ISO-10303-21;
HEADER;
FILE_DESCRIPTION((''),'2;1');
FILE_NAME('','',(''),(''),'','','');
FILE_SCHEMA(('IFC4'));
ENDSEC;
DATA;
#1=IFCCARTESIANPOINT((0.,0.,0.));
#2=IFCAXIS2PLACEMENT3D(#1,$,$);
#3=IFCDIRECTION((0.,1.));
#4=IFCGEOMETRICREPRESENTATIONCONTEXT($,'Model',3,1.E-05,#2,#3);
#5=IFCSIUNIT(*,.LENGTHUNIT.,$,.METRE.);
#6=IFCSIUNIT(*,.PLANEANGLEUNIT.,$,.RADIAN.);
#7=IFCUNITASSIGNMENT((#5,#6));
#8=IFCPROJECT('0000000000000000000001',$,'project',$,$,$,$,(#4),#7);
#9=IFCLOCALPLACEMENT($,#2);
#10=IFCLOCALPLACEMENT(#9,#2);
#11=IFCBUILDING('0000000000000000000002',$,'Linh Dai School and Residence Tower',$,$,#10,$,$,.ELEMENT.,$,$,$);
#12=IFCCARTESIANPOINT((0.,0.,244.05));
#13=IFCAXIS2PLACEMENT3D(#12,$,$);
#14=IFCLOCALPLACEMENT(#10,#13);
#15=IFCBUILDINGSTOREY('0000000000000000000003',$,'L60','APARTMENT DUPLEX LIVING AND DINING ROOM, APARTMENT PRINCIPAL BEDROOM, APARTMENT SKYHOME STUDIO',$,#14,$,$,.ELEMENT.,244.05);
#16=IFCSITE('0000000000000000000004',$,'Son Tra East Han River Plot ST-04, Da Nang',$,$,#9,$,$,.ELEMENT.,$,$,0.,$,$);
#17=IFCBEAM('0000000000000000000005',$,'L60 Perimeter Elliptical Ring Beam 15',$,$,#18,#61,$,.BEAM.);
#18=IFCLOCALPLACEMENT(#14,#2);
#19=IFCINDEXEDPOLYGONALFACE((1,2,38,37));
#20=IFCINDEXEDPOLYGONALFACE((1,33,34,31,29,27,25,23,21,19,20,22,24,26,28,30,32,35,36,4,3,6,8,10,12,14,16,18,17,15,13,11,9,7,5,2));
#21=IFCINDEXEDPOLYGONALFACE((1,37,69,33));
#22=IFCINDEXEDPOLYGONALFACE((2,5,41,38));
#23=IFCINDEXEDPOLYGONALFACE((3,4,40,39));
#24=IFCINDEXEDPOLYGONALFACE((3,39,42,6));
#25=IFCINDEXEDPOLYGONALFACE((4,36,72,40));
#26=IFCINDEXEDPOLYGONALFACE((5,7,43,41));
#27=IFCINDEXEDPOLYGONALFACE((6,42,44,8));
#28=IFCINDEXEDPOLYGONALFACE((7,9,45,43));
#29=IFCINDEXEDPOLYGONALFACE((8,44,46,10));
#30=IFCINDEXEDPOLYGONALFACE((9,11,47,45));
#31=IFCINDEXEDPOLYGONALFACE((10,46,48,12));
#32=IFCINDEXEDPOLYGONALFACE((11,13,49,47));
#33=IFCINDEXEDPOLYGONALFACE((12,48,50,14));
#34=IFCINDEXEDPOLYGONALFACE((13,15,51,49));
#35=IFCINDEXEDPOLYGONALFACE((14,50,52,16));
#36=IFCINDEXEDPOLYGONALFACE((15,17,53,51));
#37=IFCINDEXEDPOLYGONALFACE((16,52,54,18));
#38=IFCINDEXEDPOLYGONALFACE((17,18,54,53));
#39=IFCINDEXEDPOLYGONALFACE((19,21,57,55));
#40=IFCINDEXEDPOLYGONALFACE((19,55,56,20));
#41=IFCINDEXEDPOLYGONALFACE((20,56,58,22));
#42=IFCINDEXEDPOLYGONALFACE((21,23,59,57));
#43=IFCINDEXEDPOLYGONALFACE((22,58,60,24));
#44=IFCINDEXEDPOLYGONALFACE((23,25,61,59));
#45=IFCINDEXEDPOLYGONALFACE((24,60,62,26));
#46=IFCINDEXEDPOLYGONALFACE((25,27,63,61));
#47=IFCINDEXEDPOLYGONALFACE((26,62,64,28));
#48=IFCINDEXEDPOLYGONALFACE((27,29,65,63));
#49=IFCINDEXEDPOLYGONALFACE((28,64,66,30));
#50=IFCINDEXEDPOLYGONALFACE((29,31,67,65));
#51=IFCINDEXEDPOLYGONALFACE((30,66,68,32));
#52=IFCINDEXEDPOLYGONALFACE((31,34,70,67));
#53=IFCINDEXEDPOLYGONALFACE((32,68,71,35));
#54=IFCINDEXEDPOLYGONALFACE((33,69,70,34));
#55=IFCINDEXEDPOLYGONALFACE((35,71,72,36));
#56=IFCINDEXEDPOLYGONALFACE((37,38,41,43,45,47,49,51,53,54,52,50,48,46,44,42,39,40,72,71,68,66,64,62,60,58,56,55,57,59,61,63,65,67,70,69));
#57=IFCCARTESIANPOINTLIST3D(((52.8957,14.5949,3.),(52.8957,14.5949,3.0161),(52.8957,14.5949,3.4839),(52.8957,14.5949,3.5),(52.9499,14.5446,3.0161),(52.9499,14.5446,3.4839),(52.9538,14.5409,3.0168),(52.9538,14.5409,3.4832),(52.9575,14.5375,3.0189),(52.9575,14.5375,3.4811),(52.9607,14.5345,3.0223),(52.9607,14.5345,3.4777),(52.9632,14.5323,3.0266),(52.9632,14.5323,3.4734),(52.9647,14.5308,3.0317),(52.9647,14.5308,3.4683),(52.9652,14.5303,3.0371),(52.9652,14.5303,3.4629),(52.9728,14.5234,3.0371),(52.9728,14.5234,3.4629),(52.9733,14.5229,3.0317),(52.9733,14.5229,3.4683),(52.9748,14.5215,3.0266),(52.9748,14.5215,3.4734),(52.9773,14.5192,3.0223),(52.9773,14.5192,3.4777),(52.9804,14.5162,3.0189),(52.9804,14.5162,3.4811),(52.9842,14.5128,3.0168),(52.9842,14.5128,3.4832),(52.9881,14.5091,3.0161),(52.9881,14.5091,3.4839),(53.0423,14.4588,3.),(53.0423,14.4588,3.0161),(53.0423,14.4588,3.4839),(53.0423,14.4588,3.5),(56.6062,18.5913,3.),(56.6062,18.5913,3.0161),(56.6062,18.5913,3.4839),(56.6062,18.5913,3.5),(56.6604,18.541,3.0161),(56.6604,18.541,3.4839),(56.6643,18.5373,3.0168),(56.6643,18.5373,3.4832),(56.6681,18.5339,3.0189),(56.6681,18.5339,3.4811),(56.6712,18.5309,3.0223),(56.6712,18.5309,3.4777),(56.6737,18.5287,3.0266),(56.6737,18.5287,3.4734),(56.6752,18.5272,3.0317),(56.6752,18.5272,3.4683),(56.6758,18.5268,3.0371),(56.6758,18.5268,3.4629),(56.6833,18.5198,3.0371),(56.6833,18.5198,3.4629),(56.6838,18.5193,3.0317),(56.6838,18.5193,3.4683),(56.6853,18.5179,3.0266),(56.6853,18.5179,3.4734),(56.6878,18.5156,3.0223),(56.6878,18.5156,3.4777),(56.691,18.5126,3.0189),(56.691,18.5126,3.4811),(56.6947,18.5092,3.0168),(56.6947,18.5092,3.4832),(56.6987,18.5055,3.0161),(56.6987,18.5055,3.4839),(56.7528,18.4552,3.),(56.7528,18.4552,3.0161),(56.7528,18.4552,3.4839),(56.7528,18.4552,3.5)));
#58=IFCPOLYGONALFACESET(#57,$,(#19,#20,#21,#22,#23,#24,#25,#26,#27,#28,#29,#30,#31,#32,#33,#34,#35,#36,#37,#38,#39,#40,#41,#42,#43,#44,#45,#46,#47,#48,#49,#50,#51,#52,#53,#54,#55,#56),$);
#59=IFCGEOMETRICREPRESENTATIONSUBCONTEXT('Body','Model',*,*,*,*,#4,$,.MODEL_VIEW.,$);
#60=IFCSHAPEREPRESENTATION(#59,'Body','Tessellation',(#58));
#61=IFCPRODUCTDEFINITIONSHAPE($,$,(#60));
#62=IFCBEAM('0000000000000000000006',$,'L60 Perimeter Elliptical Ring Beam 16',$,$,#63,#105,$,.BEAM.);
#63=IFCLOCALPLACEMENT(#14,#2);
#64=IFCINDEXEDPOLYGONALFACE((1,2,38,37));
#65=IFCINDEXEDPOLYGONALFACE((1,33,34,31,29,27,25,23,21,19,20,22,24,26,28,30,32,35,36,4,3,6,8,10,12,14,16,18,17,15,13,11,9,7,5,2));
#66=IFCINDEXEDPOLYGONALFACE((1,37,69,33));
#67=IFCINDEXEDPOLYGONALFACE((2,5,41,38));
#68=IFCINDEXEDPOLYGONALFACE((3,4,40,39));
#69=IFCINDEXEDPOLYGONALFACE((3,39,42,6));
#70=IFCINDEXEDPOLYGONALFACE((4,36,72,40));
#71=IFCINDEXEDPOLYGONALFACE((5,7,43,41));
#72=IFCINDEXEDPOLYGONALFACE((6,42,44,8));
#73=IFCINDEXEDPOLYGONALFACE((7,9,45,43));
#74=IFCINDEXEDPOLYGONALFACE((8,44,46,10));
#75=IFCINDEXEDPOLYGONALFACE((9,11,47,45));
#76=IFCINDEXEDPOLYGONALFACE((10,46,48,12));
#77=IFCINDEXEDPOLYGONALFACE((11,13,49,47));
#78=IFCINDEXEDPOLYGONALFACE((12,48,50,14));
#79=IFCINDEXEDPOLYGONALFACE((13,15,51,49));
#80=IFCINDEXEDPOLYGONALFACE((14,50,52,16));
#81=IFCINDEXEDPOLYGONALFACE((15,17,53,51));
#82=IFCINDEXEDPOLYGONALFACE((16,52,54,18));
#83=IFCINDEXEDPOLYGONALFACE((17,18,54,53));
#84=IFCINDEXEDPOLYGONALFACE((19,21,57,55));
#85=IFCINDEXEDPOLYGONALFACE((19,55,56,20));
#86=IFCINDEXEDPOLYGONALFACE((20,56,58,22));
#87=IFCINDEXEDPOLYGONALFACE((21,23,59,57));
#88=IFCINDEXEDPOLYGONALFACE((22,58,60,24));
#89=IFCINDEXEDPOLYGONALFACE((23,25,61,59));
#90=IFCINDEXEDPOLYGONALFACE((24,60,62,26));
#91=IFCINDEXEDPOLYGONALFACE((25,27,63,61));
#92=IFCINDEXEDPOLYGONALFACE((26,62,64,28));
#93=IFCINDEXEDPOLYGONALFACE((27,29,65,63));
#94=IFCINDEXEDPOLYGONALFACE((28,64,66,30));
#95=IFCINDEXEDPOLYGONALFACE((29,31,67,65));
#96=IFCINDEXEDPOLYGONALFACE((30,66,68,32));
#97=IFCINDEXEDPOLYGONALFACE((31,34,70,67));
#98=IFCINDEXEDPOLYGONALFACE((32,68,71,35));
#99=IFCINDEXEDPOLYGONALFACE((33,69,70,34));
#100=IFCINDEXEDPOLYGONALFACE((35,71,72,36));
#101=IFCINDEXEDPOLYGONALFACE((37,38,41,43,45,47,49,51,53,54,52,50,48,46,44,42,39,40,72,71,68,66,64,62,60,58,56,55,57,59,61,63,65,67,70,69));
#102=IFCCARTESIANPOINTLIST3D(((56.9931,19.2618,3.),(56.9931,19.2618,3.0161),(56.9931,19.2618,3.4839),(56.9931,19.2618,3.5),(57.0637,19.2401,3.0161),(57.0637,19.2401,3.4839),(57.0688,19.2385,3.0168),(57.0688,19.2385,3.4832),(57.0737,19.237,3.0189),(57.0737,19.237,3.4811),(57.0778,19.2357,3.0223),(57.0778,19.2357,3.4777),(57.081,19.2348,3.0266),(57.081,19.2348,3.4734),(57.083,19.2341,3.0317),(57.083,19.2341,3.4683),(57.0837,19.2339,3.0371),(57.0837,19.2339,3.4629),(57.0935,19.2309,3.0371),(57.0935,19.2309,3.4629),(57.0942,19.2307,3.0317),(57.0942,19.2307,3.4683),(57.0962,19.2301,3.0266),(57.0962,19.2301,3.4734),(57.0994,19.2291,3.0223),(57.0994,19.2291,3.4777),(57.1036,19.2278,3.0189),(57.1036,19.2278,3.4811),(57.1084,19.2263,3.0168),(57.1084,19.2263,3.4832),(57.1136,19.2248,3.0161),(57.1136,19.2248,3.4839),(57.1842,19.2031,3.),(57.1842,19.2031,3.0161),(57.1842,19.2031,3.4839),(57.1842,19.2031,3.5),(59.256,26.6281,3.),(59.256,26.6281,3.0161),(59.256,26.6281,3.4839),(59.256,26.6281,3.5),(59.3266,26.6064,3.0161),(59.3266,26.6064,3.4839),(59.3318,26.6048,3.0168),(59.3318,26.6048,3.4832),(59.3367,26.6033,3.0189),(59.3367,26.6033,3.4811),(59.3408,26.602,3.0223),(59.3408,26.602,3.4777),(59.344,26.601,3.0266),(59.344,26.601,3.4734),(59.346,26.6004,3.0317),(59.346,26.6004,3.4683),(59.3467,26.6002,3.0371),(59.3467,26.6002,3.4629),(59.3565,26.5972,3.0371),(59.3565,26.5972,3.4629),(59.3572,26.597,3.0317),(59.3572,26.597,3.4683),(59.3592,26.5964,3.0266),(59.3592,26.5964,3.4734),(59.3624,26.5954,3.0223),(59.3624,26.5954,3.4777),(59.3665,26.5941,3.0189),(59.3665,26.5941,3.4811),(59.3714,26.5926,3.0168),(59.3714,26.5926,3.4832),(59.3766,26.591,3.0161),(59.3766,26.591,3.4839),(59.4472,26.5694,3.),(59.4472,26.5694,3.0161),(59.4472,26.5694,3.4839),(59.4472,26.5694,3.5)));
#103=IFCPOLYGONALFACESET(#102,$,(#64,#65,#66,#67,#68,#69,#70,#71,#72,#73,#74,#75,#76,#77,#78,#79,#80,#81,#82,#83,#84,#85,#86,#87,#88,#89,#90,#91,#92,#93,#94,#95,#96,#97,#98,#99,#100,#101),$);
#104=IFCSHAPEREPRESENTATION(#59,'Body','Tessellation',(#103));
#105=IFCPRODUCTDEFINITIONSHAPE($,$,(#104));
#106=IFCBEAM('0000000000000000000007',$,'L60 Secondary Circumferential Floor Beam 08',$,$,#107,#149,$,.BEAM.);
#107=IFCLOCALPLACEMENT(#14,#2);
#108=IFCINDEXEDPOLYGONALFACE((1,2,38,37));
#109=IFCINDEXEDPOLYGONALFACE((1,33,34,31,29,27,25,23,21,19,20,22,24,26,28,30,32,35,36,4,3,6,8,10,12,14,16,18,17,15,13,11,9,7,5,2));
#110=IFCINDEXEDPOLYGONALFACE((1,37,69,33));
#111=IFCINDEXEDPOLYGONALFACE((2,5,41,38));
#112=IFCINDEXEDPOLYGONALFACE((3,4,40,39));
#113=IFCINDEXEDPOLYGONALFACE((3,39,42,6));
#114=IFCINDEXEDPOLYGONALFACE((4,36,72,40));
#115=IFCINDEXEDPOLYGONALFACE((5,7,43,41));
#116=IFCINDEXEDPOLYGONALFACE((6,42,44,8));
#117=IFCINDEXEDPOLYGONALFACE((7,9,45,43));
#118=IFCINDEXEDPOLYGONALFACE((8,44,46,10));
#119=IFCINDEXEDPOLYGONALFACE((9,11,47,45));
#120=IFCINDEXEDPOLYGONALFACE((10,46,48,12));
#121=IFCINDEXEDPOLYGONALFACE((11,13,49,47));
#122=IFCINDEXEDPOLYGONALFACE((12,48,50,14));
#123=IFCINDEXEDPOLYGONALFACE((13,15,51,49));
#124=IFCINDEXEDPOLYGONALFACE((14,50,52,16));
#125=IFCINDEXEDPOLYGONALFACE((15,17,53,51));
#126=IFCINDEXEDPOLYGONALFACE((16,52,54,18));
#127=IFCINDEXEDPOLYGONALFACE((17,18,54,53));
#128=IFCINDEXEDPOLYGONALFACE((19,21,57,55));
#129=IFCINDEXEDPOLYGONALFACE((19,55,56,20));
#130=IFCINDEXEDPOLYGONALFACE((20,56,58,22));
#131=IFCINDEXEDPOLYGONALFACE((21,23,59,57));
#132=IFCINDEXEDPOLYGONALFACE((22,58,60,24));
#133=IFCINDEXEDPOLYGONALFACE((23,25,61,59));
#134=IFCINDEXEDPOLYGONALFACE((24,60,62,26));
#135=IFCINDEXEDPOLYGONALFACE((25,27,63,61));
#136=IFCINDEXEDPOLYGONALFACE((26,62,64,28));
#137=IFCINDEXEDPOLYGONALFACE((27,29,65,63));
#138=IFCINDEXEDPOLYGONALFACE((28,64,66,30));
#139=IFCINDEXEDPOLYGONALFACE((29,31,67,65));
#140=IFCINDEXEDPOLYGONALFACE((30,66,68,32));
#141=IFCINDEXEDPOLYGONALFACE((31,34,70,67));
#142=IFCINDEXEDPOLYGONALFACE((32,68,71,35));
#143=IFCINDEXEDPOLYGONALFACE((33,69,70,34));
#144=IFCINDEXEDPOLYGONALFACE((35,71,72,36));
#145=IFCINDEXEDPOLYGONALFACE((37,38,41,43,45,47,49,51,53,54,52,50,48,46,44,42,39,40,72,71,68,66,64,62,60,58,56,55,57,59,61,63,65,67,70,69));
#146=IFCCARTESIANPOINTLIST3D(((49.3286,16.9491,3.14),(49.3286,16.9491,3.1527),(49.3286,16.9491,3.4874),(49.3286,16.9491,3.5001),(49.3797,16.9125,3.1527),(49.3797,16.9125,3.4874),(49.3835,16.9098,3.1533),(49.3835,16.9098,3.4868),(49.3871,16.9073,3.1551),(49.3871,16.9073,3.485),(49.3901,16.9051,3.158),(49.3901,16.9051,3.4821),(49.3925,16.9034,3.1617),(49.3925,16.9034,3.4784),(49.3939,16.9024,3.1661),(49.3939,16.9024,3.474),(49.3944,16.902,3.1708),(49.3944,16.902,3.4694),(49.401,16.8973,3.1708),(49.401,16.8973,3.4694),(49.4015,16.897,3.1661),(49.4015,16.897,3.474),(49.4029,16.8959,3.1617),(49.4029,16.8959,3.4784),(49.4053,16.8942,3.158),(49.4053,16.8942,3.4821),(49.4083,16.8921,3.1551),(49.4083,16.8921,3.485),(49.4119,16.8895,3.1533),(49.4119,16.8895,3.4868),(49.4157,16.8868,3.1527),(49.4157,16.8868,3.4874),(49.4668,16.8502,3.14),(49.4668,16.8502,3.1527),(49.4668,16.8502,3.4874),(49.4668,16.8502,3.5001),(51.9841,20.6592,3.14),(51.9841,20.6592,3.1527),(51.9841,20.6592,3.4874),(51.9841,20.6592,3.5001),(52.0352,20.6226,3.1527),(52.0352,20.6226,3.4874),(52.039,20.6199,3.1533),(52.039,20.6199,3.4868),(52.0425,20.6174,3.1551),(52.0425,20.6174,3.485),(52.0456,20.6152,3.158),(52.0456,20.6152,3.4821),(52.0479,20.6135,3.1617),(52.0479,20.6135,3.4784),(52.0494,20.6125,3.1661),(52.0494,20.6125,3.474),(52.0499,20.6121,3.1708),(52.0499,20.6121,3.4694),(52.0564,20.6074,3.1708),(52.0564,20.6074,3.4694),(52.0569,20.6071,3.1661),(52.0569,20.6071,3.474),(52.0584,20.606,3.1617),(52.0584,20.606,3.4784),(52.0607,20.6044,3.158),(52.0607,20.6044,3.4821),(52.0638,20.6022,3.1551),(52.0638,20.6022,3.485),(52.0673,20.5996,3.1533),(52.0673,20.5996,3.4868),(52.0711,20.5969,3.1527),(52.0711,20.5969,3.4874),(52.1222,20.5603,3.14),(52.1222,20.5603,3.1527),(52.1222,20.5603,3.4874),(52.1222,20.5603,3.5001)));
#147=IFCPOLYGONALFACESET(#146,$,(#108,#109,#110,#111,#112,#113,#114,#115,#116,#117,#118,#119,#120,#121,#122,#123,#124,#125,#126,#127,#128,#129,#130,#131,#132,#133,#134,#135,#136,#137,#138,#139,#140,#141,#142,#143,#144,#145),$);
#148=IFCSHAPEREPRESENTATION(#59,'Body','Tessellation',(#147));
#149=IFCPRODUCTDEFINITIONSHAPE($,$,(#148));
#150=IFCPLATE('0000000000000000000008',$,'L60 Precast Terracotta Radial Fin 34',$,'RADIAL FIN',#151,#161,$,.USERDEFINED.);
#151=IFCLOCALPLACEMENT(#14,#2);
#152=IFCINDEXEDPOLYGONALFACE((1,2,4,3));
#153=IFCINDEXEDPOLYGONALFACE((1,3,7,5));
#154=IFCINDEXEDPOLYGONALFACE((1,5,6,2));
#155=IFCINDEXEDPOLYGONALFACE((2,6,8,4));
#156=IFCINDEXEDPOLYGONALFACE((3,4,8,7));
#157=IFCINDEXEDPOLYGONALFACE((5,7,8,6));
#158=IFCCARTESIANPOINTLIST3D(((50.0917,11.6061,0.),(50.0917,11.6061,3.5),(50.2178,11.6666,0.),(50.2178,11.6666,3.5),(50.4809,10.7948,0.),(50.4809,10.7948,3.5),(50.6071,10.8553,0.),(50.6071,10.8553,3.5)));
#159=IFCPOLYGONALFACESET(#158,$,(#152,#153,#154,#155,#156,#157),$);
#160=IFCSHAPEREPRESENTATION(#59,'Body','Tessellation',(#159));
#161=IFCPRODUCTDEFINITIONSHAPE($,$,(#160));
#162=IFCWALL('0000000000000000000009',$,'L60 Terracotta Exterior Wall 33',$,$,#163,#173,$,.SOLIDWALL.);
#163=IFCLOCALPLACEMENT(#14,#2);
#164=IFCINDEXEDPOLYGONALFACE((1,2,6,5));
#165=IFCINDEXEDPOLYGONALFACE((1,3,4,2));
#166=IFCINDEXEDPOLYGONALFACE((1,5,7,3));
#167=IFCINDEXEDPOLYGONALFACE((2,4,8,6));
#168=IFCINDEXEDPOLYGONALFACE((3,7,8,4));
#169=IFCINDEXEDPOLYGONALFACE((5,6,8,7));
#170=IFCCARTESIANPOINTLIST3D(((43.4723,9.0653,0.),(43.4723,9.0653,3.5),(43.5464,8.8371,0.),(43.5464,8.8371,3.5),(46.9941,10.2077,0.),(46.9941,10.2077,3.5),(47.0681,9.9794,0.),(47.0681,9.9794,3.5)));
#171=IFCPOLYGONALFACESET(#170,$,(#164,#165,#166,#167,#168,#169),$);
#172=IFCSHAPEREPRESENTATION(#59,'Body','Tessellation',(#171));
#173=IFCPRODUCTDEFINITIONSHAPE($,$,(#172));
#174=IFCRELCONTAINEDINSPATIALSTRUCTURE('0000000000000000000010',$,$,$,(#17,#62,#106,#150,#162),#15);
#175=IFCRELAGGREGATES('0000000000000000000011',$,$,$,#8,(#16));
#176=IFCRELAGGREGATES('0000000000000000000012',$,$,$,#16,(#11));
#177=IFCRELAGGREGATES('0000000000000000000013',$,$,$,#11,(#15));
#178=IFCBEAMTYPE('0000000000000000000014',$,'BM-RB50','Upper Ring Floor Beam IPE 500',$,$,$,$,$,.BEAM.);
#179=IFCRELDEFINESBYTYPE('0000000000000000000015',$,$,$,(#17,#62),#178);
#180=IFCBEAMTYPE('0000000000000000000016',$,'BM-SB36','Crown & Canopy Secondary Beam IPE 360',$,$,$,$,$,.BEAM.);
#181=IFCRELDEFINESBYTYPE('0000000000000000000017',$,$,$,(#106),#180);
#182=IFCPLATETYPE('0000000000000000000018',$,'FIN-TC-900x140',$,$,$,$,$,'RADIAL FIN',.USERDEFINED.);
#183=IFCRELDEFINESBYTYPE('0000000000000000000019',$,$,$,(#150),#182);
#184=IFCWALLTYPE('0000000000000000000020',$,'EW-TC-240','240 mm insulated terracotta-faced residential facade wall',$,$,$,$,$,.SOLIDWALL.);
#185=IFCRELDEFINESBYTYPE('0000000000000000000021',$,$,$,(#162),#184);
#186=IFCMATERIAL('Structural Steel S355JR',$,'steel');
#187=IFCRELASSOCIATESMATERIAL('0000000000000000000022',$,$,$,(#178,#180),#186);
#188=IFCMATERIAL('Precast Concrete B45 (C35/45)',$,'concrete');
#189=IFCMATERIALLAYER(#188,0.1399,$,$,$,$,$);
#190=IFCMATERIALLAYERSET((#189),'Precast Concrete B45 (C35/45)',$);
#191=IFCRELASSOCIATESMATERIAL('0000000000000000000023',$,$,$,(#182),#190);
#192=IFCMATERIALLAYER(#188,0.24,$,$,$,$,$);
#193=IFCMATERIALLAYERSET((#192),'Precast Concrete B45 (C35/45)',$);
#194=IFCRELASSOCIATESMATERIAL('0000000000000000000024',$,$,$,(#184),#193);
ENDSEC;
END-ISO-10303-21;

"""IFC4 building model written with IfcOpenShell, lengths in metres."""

from ifc_helpers import new_model, si_unit, direction, frame, frame_2d, origin, origin_2d, place, context, subcontext, project, spatial, rectangle, i_section, extrude, source, transform, mapped, material, layer, layer_set, material_profile, profile_set, type_object, element, save


model = new_model("IFC4")

# Units and contexts
model_context = context("Model", 3, precision=1e-05, world=origin(), true_north=direction((0.0, 1.0)))
body_context = subcontext(model_context, "Body", "Model", "MODEL_VIEW")
ifc_project = project(units=[si_unit("LENGTHUNIT", "METRE"), si_unit("PLANEANGLEUNIT", "RADIAN")], contexts=[model_context])

# Site, building, storey
site_placement = place(None, origin())
site = spatial("IfcSite", under=ifc_project, at=site_placement, Name="Son Tra East Han River Plot ST-04, Da Nang", CompositionType="ELEMENT", RefElevation=0.0)
building_placement = place(site_placement, origin())
building = spatial("IfcBuilding", under=site, at=building_placement, Name="Linh Dai School and Residence Tower", CompositionType="ELEMENT")
storey_placement = place(building_placement, frame((0.0, 0.0, 244.05)))
storey = spatial("IfcBuildingStorey", under=building, at=storey_placement, Name="L60", Description="APARTMENT DUPLEX LIVING AND DINING ROOM, APARTMENT PRINCIPAL BEDROOM, APARTMENT SKYHOME STUDIO", CompositionType="ELEMENT", Elevation=244.05)

# Shared definitions
ifc_material_1 = material(Name="Structural Steel S355JR", Category="steel")

# Beams
ifc_material_profile_1 = material_profile(ifc_material_1, i_section(OverallWidth=0.2, OverallDepth=0.5, WebThickness=0.0103, FlangeThickness=0.0161, FilletRadius=0.021, at=origin_2d()), Name="IPE 500")
ifc_profile_set_1 = profile_set([ifc_material_profile_1], Name="Structural Steel S355JR")
beam_type_1 = type_object("IfcBeamType", Name="BM-RB50", Description="Upper Ring Floor Beam IPE 500", PredefinedType="BEAM", material=ifc_profile_set_1)
beam_1_placement = place(storey_placement, frame((52.969, 14.5269, 3.25), z_axis=(0.680408, 0.732833, 0.0), x_axis=(-0.732833, 0.680408, 0.0)))
element("IfcBeam", 1, at=beam_1_placement, inside=storey, type_object=beam_type_1, Name="L60 Perimeter Elliptical Ring Beam 15", PredefinedType="BEAM", context=body_context, shape_type="SweptSolid", body=[
    extrude(i_section(OverallWidth=0.2, OverallDepth=0.5, WebThickness=0.0103, FlangeThickness=0.0161, FilletRadius=0.021, at=origin_2d()), origin(), (0.0, 0.0, 1.0), 5.4534),
])
beam_2_placement = place(storey_placement, frame((57.0886, 19.2324, 3.25), z_axis=(0.293661, 0.95591, 0.0), x_axis=(-0.95591, 0.293661, 0.0)))
element("IfcBeam", 2, at=beam_2_placement, inside=storey, type_object=beam_type_1, Name="L60 Perimeter Elliptical Ring Beam 16", PredefinedType="BEAM", context=body_context, shape_type="SweptSolid", body=[
    extrude(i_section(OverallWidth=0.2, OverallDepth=0.5, WebThickness=0.0103, FlangeThickness=0.0161, FilletRadius=0.021, at=origin_2d()), origin(), (0.0, 0.0, 1.0), 7.7061),
])
ifc_material_profile_2 = material_profile(ifc_material_1, i_section(OverallWidth=0.1699, OverallDepth=0.3601, WebThickness=0.0081, FlangeThickness=0.0127, FilletRadius=0.0181, at=origin_2d()), Name="IPE 360")
ifc_profile_set_2 = profile_set([ifc_material_profile_2], Name="Structural Steel S355JR")
beam_type_2 = type_object("IfcBeamType", Name="BM-SB36", Description="Crown & Canopy Secondary Beam IPE 360", PredefinedType="BEAM", material=ifc_profile_set_2)
beam_3_placement = place(storey_placement, frame((49.3977, 16.8997, 3.3201), z_axis=(0.582017, 0.813176, 0.0), x_axis=(-0.813176, 0.582017, 0.0)))
element("IfcBeam", 3, at=beam_3_placement, inside=storey, type_object=beam_type_2, Name="L60 Secondary Circumferential Floor Beam 08", PredefinedType="BEAM", context=body_context, shape_type="SweptSolid", body=[
    extrude(i_section(OverallWidth=0.1699, OverallDepth=0.3601, WebThickness=0.0081, FlangeThickness=0.0127, FilletRadius=0.0181, at=origin_2d()), origin(), (0.0, 0.0, 1.0), 4.5625),
])

# Plate
ifc_material_2 = material(Name="Precast Concrete B45 (C35/45)", Category="concrete")
ifc_layer_1 = layer(ifc_material_2, 0.1399)
ifc_layer_set_1 = layer_set([ifc_layer_1], Name="Precast Concrete B45 (C35/45)")
plate_type = type_object("IfcPlateType", Name="FIN-TC-900x140", ElementType="RADIAL FIN", PredefinedType="USERDEFINED", material=ifc_layer_set_1)
shared_shape_1 = source(origin(), body_context, "Body", "SweptSolid", [
    extrude(rectangle(XDim=0.8999, YDim=0.1399, at=origin_2d()), origin(), (0.0, 0.0, 1.0), 3.5),
])
plate_placement = place(storey_placement, frame((50.3494, 11.2307, 0.0), z_axis=(0.0, 0.0, 1.0), x_axis=(0.432594, -0.901589, 0.0)))
element("IfcPlate", 4, at=plate_placement, inside=storey, type_object=plate_type, Name="L60 Precast Terracotta Radial Fin 34", ObjectType="RADIAL FIN", PredefinedType="USERDEFINED", context=body_context, shape_type="MappedRepresentation", body=[
    mapped(shared_shape_1, transform((0.0, 0.0, 0.0), x_axis=(1.0, 0.0, 0.0), y_axis=(0.0, 1.0, 0.0), z_axis=(0.0, 0.0, 1.0), scale=1.0)),
])

# Wall
ifc_layer_2 = layer(ifc_material_2, 0.24)
ifc_layer_set_2 = layer_set([ifc_layer_2], Name="Precast Concrete B45 (C35/45)")
wall_type_1 = type_object("IfcWallType", Name="EW-TC-240", Description="240 mm insulated terracotta-faced residential facade wall", PredefinedType="SOLIDWALL", material=ifc_layer_set_2)
wall_1_placement = place(storey_placement, frame((47.031, 10.0935, 0.0), z_axis=(0.0, 0.0, 1.0), x_axis=(-0.951211, -0.308542, 0.0)))
element("IfcWall", 5, at=wall_1_placement, inside=storey, type_object=wall_type_1, Name="L60 Terracotta Exterior Wall 33", PredefinedType="SOLIDWALL", context=body_context, shape_type="SweptSolid", body=[
    extrude(rectangle(XDim=3.7024, YDim=0.24, at=frame_2d((1.8511, 0.0))), origin(), (0.0, 0.0, 1.0), 3.5),
])

save(model, "model.ifc")
